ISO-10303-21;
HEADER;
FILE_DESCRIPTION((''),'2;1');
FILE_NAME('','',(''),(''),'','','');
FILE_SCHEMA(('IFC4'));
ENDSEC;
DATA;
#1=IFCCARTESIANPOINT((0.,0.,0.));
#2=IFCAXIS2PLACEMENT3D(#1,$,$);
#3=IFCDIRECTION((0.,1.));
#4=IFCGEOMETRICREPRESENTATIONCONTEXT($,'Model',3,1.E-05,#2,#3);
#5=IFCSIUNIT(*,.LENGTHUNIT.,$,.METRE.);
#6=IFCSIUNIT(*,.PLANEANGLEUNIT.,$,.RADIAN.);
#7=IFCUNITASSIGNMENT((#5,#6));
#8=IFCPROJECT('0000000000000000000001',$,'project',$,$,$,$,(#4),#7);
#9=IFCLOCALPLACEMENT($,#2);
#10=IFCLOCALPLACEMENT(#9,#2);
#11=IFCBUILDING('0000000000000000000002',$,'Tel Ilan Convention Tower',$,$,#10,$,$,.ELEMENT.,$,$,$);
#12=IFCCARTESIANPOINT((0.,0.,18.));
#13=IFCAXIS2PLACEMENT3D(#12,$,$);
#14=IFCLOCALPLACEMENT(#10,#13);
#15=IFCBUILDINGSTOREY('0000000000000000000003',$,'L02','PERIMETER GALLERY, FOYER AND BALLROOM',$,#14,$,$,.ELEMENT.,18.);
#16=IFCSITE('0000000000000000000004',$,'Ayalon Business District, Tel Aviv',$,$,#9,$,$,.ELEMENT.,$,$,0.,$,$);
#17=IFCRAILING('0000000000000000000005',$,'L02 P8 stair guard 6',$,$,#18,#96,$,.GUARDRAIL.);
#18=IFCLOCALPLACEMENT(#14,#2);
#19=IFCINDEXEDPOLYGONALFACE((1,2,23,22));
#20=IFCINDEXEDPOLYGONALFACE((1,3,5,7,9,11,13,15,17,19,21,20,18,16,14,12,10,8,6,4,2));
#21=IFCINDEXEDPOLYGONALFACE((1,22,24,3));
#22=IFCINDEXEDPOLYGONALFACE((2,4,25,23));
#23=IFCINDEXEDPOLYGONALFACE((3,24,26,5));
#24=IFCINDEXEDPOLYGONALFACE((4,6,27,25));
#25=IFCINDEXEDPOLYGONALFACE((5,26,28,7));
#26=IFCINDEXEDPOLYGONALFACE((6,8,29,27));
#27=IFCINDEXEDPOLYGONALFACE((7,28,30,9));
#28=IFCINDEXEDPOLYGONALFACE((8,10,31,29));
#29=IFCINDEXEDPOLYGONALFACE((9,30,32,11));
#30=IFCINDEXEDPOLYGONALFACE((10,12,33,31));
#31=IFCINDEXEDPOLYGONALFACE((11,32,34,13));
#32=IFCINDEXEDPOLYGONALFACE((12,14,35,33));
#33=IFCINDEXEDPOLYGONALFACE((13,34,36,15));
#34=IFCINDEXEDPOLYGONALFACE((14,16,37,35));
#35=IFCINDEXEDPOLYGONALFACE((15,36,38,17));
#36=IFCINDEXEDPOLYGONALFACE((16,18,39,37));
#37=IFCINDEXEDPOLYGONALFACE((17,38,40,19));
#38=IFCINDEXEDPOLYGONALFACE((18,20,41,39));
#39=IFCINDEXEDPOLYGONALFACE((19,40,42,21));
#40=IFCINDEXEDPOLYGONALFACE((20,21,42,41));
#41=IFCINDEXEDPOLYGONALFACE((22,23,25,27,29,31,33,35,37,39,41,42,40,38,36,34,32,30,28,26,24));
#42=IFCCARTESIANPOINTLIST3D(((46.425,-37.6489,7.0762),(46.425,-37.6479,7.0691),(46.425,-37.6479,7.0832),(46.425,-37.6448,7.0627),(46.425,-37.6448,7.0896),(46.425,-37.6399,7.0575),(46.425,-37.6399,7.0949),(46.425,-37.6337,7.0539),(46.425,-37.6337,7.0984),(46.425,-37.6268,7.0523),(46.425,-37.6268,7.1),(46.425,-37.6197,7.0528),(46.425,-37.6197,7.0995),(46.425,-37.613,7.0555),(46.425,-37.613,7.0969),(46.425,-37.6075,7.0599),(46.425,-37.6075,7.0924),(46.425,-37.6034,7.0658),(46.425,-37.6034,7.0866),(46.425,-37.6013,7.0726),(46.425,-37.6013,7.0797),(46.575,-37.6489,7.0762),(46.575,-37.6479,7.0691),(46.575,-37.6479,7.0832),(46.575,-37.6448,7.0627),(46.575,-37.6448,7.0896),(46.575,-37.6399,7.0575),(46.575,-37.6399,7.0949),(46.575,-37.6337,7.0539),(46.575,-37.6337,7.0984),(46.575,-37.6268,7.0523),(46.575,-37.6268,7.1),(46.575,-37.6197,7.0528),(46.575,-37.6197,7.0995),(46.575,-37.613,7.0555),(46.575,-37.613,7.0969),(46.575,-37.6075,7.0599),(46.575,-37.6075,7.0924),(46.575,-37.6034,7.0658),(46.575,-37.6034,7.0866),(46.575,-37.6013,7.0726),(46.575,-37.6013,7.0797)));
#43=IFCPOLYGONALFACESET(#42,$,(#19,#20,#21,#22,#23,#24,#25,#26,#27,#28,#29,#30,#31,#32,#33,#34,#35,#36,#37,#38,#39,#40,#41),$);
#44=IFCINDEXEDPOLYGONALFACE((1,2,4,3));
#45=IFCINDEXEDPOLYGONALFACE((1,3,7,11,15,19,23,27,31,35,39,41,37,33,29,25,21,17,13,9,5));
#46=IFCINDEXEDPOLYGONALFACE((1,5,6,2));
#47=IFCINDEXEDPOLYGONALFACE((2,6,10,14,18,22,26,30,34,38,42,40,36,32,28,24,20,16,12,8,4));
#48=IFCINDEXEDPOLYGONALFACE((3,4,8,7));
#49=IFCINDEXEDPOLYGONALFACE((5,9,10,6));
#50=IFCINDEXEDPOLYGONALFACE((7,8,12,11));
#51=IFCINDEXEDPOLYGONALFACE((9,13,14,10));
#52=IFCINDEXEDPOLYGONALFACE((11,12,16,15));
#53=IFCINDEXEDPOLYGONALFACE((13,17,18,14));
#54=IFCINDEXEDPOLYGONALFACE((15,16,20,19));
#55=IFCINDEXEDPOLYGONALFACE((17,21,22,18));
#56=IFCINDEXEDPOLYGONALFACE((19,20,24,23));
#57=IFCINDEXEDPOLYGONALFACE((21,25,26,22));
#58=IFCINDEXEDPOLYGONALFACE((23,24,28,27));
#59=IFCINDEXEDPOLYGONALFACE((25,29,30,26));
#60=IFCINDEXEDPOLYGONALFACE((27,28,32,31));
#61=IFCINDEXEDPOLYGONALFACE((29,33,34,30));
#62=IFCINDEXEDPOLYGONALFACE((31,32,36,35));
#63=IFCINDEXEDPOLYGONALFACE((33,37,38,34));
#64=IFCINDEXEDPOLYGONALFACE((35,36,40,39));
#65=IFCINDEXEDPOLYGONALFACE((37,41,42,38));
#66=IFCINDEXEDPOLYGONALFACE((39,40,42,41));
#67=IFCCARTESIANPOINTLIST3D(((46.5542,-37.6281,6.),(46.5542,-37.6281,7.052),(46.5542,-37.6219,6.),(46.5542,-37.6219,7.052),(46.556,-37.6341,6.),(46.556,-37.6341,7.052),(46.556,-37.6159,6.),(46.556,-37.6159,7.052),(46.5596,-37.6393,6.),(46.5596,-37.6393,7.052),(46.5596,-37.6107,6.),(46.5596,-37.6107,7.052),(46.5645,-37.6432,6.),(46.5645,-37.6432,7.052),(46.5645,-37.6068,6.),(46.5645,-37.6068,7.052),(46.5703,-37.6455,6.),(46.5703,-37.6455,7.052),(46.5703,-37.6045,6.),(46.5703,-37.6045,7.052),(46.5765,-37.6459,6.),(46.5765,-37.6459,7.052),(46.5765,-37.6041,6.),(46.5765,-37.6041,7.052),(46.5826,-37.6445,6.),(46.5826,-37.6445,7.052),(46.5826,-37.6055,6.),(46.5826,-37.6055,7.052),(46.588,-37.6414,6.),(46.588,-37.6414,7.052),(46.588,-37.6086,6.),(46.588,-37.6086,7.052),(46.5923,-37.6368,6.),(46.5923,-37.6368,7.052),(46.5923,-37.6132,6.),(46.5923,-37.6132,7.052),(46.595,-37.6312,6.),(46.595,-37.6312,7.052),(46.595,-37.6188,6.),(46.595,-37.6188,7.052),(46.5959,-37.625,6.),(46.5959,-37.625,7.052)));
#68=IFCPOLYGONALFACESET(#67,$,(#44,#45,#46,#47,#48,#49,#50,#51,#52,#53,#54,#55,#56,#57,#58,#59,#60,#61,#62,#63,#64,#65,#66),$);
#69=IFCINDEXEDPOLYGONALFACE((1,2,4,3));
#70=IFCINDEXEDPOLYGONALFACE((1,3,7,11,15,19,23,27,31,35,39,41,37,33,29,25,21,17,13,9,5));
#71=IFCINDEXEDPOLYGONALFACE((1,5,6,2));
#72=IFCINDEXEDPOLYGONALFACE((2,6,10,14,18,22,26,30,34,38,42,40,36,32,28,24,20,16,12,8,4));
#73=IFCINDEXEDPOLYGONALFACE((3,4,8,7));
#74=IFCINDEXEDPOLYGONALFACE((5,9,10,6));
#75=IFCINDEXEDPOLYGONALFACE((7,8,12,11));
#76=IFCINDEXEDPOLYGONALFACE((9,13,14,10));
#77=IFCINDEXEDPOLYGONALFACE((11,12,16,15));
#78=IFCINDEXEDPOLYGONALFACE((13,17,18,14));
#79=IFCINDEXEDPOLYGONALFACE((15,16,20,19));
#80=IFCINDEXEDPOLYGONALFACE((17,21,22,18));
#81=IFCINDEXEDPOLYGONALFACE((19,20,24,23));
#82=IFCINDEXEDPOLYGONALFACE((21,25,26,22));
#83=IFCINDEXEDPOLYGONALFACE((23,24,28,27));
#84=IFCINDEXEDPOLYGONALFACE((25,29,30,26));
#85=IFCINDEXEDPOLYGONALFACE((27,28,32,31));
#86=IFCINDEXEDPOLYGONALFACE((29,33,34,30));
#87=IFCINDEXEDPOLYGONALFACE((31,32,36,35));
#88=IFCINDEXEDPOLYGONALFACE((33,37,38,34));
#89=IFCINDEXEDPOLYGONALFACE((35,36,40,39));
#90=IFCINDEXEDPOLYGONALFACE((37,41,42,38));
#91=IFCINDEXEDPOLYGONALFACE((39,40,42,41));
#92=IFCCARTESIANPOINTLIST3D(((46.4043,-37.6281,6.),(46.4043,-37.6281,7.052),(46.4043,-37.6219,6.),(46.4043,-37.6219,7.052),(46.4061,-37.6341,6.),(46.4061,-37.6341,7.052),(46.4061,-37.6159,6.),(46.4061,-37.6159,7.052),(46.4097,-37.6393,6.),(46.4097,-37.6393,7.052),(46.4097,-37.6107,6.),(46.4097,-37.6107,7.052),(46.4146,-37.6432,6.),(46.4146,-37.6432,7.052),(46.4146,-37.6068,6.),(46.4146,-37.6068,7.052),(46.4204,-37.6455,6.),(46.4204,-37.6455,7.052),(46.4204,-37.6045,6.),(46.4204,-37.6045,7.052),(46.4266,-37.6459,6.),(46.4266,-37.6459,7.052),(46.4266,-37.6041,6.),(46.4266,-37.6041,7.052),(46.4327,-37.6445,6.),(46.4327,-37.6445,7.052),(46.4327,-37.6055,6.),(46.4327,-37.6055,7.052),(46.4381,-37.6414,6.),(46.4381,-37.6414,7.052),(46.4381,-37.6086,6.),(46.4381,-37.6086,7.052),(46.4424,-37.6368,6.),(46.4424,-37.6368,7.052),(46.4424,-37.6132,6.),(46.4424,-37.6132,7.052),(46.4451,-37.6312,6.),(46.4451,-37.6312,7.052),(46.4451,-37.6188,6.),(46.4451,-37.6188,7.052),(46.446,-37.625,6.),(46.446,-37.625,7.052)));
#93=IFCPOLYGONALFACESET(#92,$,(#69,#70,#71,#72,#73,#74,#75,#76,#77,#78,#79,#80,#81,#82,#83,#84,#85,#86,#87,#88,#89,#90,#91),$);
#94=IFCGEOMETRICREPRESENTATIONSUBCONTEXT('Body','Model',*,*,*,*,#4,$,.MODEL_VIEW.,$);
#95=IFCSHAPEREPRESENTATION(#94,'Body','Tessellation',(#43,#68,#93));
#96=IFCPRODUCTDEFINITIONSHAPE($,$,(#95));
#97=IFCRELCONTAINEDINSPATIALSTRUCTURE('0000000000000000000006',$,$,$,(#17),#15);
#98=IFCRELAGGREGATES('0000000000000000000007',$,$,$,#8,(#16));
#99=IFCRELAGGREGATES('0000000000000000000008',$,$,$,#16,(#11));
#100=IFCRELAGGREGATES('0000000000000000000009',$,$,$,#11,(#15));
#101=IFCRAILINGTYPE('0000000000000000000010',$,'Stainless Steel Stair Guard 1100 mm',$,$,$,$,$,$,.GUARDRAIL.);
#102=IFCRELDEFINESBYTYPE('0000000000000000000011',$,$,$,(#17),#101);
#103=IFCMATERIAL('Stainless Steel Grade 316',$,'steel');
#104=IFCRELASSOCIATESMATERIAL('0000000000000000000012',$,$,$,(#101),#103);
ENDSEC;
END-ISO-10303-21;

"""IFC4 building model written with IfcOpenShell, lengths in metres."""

from ifc_helpers import new_model, si_unit, direction, frame, origin, origin_2d, place, context, subcontext, project, spatial, circle, extrude, material, type_object, element, save


model = new_model("IFC4")

# Units and contexts
model_context = context("Model", 3, precision=1e-05, world=origin(), true_north=direction((0.0, 1.0)))
body_context = subcontext(model_context, "Body", "Model", "MODEL_VIEW")
ifc_project = project(units=[si_unit("LENGTHUNIT", "METRE"), si_unit("PLANEANGLEUNIT", "RADIAN")], contexts=[model_context])

# Site, building, storey
site_placement = place(None, origin())
site = spatial("IfcSite", under=ifc_project, at=site_placement, Name="Ayalon Business District, Tel Aviv", CompositionType="ELEMENT", RefElevation=0.0)
building_placement = place(site_placement, origin())
building = spatial("IfcBuilding", under=site, at=building_placement, Name="Tel Ilan Convention Tower", CompositionType="ELEMENT")
storey_placement = place(building_placement, frame((0.0, 0.0, 18.0)))
storey = spatial("IfcBuildingStorey", under=building, at=storey_placement, Name="L02", Description="PERIMETER GALLERY, FOYER AND BALLROOM", CompositionType="ELEMENT", Elevation=18.0)

# Railing
ifc_material_1 = material(Name="Stainless Steel Grade 316", Category="steel")
railing_type_1 = type_object("IfcRailingType", Name="Stainless Steel Stair Guard 1100 mm", PredefinedType="GUARDRAIL", material=ifc_material_1)
railing_1_placement = place(storey_placement, frame((46.575, -37.625, 6.0)))
element("IfcRailing", 1, at=railing_1_placement, inside=storey, type_object=railing_type_1, Name="L02 P8 stair guard 6", PredefinedType="GUARDRAIL", context=body_context, shape_type="SweptSolid", body=[
    extrude(circle(Radius=0.0239, at=origin_2d()), frame((0.0, 0.0, 1.0762), z_axis=(-1.0, 0.0, 0.0), x_axis=(0.0, -1.0, 0.0)), (0.0, 0.0, 1.0), 0.1499),
    extrude(circle(Radius=0.021, at=origin_2d()), origin(), (0.0, 0.0, 1.0), 1.052),
    extrude(circle(Radius=0.021, at=origin_2d()), frame((-0.1499, 0.0, 0.0)), (0.0, 0.0, 1.0), 1.052),
])

save(model, "model.ifc")
